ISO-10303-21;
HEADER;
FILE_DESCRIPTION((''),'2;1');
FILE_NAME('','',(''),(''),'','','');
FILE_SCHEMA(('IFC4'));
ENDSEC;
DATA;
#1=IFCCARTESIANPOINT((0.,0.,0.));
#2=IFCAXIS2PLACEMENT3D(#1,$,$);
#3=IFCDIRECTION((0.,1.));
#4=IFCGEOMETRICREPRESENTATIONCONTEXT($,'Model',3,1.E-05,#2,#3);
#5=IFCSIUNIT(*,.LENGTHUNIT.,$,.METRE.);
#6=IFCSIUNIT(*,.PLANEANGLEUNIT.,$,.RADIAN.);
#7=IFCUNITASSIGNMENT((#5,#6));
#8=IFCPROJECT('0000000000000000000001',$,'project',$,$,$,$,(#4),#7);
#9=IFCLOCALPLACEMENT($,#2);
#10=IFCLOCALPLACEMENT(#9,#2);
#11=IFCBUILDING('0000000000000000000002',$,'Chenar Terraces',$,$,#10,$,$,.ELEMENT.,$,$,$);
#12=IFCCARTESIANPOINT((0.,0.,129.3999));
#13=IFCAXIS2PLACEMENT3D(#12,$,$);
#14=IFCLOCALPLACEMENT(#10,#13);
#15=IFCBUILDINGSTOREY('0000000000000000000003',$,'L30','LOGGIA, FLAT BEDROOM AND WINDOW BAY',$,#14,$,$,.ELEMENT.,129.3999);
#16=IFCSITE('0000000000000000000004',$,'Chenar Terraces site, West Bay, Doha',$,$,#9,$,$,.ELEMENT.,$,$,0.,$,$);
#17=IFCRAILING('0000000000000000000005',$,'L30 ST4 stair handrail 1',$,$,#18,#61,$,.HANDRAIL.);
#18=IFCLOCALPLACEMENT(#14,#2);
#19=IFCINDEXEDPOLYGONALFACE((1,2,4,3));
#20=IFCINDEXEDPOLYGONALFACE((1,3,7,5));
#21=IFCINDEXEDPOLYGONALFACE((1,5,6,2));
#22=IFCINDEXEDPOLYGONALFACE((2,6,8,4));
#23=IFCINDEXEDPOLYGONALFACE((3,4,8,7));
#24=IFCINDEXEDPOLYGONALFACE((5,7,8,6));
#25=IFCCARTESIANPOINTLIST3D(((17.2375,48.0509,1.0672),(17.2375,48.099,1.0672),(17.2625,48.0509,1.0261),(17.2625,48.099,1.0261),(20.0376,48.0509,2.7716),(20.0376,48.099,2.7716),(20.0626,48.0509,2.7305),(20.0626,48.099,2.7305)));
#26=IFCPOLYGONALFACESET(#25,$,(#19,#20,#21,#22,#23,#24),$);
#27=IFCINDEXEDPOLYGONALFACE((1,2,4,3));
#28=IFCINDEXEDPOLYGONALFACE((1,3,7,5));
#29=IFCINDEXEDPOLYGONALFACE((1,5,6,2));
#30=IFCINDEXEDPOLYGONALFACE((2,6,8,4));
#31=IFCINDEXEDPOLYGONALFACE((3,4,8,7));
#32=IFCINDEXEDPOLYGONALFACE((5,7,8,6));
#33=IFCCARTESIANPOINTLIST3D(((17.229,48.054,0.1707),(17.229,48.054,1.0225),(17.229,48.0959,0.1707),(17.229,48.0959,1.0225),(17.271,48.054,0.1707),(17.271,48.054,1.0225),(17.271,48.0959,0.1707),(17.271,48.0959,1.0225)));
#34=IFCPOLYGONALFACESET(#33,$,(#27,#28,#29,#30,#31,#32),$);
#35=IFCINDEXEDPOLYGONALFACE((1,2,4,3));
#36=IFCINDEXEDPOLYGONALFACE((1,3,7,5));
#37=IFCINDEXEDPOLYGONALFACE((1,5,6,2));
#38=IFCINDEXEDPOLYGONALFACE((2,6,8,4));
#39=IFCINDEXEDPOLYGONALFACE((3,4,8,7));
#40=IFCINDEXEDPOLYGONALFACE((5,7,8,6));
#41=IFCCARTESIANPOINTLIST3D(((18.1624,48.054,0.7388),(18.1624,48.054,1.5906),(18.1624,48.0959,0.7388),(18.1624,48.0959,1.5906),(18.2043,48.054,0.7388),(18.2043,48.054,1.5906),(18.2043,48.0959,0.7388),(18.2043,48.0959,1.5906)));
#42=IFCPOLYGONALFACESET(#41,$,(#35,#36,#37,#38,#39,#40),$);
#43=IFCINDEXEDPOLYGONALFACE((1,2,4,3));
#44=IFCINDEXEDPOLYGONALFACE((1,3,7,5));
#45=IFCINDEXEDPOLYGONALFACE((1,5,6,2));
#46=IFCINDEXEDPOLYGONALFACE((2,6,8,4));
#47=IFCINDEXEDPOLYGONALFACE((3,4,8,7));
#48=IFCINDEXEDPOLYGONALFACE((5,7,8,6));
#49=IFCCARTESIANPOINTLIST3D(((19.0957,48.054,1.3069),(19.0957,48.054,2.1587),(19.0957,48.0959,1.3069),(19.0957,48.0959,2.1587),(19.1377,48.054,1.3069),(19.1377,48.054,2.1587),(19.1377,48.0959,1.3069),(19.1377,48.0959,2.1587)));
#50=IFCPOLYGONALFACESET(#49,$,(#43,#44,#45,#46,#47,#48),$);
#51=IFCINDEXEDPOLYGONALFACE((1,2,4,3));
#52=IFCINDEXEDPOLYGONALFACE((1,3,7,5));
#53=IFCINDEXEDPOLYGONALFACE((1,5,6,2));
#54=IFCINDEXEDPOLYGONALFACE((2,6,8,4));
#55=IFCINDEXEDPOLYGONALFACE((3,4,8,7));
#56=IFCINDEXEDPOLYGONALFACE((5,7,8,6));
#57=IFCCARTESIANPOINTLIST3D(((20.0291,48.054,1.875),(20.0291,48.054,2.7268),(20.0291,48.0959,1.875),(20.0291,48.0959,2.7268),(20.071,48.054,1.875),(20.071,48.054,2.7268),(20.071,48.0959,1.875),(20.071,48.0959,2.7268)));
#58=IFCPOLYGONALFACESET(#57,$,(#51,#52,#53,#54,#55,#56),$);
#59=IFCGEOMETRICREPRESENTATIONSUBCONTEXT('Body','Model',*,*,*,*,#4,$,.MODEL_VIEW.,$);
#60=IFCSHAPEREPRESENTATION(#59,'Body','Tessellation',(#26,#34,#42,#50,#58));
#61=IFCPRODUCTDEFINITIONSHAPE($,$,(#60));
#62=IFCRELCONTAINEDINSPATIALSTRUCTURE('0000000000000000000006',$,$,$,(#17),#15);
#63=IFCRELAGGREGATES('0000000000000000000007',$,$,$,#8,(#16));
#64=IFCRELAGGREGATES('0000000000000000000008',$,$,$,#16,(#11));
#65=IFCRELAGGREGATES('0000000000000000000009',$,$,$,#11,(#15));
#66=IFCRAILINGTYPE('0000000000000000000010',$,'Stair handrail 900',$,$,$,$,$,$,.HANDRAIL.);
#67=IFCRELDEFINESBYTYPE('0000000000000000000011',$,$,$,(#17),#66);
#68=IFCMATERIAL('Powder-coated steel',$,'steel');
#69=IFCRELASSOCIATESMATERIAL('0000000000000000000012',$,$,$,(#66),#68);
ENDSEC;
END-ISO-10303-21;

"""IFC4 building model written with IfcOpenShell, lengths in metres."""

from ifc_helpers import new_model, si_unit, direction, frame, origin, origin_2d, place, context, subcontext, project, spatial, rectangle, extrude, material, type_object, element, save


model = new_model("IFC4")

# Units and contexts
model_context = context("Model", 3, precision=1e-05, world=origin(), true_north=direction((0.0, 1.0)))
body_context = subcontext(model_context, "Body", "Model", "MODEL_VIEW")
ifc_project = project(units=[si_unit("LENGTHUNIT", "METRE"), si_unit("PLANEANGLEUNIT", "RADIAN")], contexts=[model_context])

# Site, building, storey
site_placement = place(None, origin())
site = spatial("IfcSite", under=ifc_project, at=site_placement, Name="Chenar Terraces site, West Bay, Doha", CompositionType="ELEMENT", RefElevation=0.0)
building_placement = place(site_placement, origin())
building = spatial("IfcBuilding", under=site, at=building_placement, Name="Chenar Terraces", CompositionType="ELEMENT")
storey_placement = place(building_placement, frame((0.0, 0.0, 129.3999)))
storey = spatial("IfcBuildingStorey", under=building, at=storey_placement, Name="L30", Description="LOGGIA, FLAT BEDROOM AND WINDOW BAY", CompositionType="ELEMENT", Elevation=129.3999)

# Railing
ifc_material_1 = material(Name="Powder-coated steel", Category="steel")
railing_type_1 = type_object("IfcRailingType", Name="Stair handrail 900", PredefinedType="HANDRAIL", material=ifc_material_1)
railing_1_placement = place(storey_placement, frame((17.25, 48.075, 0.1707)))
element("IfcRailing", 1, at=railing_1_placement, inside=storey, type_object=railing_type_1, Name="L30 ST4 stair handrail 1", PredefinedType="HANDRAIL", context=body_context, shape_type="SweptSolid", body=[
    extrude(rectangle(XDim=0.0481, YDim=0.0481, at=origin_2d()), frame((0.0, 0.0, 0.876), z_axis=(0.854203, 0.0, 0.51994), x_axis=(0.0, 1.0, 0.0)), (0.0, 0.0, 1.0), 3.2781),
    extrude(rectangle(XDim=0.042, YDim=0.042, at=origin_2d()), origin(), (0.0, 0.0, 1.0), 0.8518),
    extrude(rectangle(XDim=0.042, YDim=0.042, at=origin_2d()), frame((0.9333, 0.0, 0.5681)), (0.0, 0.0, 1.0), 0.8518),
    extrude(rectangle(XDim=0.042, YDim=0.042, at=origin_2d()), frame((1.8667, 0.0, 1.1362)), (0.0, 0.0, 1.0), 0.8518),
    extrude(rectangle(XDim=0.042, YDim=0.042, at=origin_2d()), frame((2.8, 0.0, 1.7043)), (0.0, 0.0, 1.0), 0.8518),
])

save(model, "model.ifc")
